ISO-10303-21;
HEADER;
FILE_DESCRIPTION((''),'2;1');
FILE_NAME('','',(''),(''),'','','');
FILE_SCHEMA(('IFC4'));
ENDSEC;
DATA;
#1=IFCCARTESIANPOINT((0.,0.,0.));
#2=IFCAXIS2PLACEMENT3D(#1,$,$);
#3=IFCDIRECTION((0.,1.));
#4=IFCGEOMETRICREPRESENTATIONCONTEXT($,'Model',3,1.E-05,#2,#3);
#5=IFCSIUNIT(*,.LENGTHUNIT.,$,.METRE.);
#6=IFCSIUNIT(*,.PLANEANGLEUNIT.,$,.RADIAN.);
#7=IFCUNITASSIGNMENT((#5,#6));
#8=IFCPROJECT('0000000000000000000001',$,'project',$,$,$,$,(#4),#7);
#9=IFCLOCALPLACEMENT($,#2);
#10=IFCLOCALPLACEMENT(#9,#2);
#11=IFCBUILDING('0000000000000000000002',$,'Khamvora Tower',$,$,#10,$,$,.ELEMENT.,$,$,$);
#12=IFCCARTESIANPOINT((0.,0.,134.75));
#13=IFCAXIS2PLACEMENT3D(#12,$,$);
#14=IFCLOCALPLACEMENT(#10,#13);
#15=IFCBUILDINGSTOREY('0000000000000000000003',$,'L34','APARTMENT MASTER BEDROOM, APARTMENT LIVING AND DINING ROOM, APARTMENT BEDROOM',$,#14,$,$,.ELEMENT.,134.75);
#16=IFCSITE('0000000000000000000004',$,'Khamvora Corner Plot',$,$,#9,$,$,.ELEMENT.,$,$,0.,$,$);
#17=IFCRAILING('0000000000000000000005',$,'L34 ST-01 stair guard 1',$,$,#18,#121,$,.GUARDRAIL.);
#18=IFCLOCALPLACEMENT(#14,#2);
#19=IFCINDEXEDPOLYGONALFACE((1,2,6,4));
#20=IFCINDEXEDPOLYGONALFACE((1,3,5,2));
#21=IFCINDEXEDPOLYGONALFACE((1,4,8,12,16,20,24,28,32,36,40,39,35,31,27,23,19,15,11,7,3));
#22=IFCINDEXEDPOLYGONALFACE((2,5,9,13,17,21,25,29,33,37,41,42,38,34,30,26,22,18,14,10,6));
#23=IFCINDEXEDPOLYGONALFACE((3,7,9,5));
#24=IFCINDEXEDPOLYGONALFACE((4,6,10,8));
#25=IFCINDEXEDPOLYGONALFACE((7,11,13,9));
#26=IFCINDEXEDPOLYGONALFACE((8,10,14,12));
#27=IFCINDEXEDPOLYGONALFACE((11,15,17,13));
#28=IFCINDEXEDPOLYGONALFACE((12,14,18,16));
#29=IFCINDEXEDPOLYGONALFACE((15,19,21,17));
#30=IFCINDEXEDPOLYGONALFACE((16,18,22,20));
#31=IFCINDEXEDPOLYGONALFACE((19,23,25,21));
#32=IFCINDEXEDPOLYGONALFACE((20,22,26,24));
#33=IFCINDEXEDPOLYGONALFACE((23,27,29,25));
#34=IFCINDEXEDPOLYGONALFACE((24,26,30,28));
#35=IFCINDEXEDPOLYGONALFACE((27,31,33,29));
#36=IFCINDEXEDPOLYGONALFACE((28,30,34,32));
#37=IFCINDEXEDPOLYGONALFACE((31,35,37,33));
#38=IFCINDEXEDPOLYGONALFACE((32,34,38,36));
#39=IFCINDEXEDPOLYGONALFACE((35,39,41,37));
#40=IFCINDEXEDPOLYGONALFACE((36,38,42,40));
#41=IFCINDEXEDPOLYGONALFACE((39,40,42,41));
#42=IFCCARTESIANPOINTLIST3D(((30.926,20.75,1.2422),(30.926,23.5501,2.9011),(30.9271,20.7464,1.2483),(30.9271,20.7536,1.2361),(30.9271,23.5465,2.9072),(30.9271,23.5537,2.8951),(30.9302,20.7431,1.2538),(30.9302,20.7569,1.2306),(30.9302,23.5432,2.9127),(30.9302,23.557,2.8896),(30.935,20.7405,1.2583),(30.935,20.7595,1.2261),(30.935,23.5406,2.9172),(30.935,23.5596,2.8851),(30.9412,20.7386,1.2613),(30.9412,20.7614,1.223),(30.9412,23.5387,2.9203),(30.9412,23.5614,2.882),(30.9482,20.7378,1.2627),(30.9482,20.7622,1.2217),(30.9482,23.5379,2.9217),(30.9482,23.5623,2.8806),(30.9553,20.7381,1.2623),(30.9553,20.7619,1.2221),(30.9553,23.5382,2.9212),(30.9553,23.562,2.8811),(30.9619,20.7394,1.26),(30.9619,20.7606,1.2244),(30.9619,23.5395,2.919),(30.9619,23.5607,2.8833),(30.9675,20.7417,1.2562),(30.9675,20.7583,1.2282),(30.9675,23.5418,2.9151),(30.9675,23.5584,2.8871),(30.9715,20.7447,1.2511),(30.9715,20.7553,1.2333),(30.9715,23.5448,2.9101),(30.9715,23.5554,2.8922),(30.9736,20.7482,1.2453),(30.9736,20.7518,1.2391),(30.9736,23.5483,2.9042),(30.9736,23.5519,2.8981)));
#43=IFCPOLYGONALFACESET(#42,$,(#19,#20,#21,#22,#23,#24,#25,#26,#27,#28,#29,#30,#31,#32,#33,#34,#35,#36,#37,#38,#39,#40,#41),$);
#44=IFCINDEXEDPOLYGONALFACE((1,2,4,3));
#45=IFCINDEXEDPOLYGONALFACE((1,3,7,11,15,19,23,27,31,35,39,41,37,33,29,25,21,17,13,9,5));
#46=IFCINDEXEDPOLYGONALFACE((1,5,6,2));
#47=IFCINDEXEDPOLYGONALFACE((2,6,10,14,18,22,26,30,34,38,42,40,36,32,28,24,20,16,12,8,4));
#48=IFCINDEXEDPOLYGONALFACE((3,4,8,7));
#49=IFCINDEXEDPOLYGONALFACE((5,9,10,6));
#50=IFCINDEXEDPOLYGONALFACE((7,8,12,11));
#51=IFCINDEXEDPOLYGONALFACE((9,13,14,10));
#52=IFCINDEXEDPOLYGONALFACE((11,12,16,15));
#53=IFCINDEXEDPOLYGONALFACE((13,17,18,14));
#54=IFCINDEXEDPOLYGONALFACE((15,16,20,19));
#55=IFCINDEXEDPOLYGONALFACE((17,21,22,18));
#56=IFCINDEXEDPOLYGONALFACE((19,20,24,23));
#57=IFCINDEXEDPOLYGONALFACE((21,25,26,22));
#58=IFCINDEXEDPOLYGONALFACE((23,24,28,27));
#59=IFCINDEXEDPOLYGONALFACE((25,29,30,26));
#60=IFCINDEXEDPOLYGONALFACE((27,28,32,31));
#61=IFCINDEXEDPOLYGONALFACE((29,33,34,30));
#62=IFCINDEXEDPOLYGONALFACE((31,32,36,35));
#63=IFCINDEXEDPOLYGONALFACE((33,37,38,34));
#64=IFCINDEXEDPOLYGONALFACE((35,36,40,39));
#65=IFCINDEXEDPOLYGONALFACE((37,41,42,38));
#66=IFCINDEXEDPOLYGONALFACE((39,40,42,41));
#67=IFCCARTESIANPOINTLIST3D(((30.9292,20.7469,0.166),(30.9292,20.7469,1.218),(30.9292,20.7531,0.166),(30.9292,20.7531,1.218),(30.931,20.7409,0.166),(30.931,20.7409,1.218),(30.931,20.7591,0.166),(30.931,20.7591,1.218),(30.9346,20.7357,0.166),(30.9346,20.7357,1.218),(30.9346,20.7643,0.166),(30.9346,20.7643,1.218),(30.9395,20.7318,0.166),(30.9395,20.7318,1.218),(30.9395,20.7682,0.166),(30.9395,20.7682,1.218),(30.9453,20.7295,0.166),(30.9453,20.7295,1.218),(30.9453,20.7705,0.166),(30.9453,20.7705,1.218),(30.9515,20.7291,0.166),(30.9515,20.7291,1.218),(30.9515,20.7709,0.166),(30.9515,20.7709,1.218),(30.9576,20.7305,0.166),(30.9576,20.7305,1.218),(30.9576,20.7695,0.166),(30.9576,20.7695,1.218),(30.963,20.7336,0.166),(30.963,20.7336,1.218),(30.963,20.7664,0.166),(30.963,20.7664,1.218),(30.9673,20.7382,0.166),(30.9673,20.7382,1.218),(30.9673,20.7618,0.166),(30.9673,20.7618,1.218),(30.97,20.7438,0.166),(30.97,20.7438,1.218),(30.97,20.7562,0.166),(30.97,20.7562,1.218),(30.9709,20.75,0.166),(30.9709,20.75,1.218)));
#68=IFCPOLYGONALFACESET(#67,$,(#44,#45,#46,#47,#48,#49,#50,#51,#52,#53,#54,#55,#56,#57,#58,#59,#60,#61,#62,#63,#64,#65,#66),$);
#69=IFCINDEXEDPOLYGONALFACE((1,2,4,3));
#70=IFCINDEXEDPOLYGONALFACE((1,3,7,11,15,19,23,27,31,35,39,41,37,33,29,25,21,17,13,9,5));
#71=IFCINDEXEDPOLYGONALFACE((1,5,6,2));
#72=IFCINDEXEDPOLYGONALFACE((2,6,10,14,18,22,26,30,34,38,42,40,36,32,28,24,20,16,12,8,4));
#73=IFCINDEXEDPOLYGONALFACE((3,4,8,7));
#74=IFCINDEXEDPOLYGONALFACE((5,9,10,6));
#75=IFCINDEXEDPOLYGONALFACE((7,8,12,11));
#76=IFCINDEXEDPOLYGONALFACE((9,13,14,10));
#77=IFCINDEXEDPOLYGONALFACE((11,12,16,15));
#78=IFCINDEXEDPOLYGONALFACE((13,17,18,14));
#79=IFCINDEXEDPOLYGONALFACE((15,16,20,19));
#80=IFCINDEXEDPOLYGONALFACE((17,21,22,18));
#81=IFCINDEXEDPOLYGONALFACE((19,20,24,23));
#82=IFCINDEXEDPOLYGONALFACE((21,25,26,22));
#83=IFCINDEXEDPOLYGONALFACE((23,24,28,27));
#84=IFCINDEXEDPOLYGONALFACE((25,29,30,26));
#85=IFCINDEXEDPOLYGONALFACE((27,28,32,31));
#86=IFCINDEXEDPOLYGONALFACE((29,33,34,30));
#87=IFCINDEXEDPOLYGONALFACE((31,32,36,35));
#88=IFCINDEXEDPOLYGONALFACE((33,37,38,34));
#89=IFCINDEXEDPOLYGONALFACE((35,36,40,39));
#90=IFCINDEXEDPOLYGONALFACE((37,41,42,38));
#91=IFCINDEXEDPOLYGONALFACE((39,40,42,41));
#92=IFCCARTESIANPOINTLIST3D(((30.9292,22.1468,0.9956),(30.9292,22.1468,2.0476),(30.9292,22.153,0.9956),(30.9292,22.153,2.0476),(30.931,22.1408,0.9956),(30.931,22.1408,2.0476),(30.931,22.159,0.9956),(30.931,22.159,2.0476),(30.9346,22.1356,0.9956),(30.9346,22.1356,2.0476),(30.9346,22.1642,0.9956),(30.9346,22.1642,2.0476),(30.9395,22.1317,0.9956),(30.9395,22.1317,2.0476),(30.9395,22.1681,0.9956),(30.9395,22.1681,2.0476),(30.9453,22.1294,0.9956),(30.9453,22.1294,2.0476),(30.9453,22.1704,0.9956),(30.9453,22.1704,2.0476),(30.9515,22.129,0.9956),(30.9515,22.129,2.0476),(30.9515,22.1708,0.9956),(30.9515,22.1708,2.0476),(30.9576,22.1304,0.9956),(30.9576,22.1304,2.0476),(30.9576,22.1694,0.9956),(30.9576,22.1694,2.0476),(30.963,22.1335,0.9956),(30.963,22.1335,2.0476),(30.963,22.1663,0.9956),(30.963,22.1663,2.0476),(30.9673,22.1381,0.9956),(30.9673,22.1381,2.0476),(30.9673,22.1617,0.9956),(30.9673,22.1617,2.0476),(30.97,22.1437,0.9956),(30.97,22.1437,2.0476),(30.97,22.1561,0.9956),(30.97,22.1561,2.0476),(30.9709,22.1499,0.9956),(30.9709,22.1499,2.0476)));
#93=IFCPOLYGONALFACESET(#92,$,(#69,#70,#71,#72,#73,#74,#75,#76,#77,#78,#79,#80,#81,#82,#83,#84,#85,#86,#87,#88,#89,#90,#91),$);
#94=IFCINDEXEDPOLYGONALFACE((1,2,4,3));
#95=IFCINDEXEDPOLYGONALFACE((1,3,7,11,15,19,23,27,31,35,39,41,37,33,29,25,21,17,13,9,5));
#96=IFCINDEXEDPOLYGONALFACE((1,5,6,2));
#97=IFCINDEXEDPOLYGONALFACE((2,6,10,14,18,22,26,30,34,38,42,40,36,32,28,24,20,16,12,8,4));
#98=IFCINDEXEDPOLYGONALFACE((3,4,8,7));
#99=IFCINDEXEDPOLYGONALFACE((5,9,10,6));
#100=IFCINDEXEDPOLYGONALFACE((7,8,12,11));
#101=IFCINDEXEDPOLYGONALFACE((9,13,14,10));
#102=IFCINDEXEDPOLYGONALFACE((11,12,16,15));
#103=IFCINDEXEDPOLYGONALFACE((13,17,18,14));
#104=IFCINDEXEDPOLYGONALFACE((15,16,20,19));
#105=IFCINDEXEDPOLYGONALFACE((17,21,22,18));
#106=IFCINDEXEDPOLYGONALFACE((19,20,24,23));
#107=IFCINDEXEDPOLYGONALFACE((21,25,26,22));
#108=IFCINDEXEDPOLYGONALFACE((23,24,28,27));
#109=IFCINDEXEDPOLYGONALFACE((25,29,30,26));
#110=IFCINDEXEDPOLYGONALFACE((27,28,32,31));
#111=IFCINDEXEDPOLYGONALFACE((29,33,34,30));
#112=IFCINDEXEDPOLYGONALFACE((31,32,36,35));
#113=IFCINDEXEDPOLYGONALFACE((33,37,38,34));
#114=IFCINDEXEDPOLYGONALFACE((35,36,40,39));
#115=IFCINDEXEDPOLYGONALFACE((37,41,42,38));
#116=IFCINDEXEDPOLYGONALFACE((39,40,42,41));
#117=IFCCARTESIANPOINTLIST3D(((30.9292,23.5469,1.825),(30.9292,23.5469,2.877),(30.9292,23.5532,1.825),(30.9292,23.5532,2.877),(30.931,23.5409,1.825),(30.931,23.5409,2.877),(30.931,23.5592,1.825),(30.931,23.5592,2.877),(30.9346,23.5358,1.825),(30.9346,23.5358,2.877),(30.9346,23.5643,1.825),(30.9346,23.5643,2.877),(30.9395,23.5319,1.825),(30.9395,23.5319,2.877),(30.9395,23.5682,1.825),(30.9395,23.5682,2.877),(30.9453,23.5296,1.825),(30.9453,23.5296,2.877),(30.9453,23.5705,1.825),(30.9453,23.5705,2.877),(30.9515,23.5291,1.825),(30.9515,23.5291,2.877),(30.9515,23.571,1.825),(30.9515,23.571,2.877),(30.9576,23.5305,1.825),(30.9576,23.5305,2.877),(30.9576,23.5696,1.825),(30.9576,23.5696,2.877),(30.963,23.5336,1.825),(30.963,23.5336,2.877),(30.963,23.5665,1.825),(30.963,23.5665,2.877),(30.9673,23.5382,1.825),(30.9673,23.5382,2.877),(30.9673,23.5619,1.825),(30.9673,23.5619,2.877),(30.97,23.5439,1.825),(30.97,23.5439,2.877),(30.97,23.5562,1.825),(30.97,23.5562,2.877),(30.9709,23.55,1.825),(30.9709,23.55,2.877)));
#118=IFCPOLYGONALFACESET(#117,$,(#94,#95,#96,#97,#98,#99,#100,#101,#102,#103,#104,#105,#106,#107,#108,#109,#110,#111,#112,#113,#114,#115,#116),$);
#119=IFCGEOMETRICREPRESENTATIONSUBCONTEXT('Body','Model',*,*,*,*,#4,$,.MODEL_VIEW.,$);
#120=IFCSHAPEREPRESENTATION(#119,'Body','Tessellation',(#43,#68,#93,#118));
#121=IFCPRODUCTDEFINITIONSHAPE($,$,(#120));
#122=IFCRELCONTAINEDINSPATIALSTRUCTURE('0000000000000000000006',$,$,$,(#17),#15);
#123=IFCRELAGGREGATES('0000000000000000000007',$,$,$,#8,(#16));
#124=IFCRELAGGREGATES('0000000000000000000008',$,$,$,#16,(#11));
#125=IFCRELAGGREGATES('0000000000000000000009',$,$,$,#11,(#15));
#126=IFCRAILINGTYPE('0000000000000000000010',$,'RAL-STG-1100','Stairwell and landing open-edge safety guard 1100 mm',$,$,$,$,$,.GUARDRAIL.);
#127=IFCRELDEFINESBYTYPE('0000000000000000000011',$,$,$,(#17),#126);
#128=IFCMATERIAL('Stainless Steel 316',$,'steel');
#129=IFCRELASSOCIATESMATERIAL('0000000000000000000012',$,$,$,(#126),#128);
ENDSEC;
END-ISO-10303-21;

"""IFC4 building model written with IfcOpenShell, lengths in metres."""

from ifc_helpers import new_model, si_unit, direction, frame, origin, origin_2d, place, context, subcontext, project, spatial, circle, extrude, material, type_object, element, save


model = new_model("IFC4")

# Units and contexts
model_context = context("Model", 3, precision=1e-05, world=origin(), true_north=direction((0.0, 1.0)))
body_context = subcontext(model_context, "Body", "Model", "MODEL_VIEW")
ifc_project = project(units=[si_unit("LENGTHUNIT", "METRE"), si_unit("PLANEANGLEUNIT", "RADIAN")], contexts=[model_context])

# Site, building, storey
site_placement = place(None, origin())
site = spatial("IfcSite", under=ifc_project, at=site_placement, Name="Khamvora Corner Plot", CompositionType="ELEMENT", RefElevation=0.0)
building_placement = place(site_placement, origin())
building = spatial("IfcBuilding", under=site, at=building_placement, Name="Khamvora Tower", CompositionType="ELEMENT")
storey_placement = place(building_placement, frame((0.0, 0.0, 134.75)))
storey = spatial("IfcBuildingStorey", under=building, at=storey_placement, Name="L34", Description="APARTMENT MASTER BEDROOM, APARTMENT LIVING AND DINING ROOM, APARTMENT BEDROOM", CompositionType="ELEMENT", Elevation=134.75)

# Railing
ifc_material_1 = material(Name="Stainless Steel 316", Category="steel")
railing_type_1 = type_object("IfcRailingType", Name="RAL-STG-1100", Description="Stairwell and landing open-edge safety guard 1100 mm", PredefinedType="GUARDRAIL", material=ifc_material_1)
railing_1_placement = place(storey_placement, frame((30.95, 20.75, 0.166)))
element("IfcRailing", 1, at=railing_1_placement, inside=storey, type_object=railing_type_1, Name="L34 ST-01 stair guard 1", PredefinedType="GUARDRAIL", context=body_context, shape_type="SweptSolid", body=[
    extrude(circle(Radius=0.0239, at=origin_2d()), frame((0.0, 0.0, 1.0762), z_axis=(0.0, 0.860339, 0.509722), x_axis=(-1.0, 0.0, 0.0)), (0.0, 0.0, 1.0), 3.2546),
    extrude(circle(Radius=0.021, at=origin_2d()), origin(), (0.0, 0.0, 1.0), 1.052),
    extrude(circle(Radius=0.021, at=origin_2d()), frame((0.0, 1.3999, 0.8296)), (0.0, 0.0, 1.0), 1.052),
    extrude(circle(Radius=0.021, at=origin_2d()), frame((0.0, 2.8, 1.6589)), (0.0, 0.0, 1.0), 1.052),
])

save(model, "model.ifc")
